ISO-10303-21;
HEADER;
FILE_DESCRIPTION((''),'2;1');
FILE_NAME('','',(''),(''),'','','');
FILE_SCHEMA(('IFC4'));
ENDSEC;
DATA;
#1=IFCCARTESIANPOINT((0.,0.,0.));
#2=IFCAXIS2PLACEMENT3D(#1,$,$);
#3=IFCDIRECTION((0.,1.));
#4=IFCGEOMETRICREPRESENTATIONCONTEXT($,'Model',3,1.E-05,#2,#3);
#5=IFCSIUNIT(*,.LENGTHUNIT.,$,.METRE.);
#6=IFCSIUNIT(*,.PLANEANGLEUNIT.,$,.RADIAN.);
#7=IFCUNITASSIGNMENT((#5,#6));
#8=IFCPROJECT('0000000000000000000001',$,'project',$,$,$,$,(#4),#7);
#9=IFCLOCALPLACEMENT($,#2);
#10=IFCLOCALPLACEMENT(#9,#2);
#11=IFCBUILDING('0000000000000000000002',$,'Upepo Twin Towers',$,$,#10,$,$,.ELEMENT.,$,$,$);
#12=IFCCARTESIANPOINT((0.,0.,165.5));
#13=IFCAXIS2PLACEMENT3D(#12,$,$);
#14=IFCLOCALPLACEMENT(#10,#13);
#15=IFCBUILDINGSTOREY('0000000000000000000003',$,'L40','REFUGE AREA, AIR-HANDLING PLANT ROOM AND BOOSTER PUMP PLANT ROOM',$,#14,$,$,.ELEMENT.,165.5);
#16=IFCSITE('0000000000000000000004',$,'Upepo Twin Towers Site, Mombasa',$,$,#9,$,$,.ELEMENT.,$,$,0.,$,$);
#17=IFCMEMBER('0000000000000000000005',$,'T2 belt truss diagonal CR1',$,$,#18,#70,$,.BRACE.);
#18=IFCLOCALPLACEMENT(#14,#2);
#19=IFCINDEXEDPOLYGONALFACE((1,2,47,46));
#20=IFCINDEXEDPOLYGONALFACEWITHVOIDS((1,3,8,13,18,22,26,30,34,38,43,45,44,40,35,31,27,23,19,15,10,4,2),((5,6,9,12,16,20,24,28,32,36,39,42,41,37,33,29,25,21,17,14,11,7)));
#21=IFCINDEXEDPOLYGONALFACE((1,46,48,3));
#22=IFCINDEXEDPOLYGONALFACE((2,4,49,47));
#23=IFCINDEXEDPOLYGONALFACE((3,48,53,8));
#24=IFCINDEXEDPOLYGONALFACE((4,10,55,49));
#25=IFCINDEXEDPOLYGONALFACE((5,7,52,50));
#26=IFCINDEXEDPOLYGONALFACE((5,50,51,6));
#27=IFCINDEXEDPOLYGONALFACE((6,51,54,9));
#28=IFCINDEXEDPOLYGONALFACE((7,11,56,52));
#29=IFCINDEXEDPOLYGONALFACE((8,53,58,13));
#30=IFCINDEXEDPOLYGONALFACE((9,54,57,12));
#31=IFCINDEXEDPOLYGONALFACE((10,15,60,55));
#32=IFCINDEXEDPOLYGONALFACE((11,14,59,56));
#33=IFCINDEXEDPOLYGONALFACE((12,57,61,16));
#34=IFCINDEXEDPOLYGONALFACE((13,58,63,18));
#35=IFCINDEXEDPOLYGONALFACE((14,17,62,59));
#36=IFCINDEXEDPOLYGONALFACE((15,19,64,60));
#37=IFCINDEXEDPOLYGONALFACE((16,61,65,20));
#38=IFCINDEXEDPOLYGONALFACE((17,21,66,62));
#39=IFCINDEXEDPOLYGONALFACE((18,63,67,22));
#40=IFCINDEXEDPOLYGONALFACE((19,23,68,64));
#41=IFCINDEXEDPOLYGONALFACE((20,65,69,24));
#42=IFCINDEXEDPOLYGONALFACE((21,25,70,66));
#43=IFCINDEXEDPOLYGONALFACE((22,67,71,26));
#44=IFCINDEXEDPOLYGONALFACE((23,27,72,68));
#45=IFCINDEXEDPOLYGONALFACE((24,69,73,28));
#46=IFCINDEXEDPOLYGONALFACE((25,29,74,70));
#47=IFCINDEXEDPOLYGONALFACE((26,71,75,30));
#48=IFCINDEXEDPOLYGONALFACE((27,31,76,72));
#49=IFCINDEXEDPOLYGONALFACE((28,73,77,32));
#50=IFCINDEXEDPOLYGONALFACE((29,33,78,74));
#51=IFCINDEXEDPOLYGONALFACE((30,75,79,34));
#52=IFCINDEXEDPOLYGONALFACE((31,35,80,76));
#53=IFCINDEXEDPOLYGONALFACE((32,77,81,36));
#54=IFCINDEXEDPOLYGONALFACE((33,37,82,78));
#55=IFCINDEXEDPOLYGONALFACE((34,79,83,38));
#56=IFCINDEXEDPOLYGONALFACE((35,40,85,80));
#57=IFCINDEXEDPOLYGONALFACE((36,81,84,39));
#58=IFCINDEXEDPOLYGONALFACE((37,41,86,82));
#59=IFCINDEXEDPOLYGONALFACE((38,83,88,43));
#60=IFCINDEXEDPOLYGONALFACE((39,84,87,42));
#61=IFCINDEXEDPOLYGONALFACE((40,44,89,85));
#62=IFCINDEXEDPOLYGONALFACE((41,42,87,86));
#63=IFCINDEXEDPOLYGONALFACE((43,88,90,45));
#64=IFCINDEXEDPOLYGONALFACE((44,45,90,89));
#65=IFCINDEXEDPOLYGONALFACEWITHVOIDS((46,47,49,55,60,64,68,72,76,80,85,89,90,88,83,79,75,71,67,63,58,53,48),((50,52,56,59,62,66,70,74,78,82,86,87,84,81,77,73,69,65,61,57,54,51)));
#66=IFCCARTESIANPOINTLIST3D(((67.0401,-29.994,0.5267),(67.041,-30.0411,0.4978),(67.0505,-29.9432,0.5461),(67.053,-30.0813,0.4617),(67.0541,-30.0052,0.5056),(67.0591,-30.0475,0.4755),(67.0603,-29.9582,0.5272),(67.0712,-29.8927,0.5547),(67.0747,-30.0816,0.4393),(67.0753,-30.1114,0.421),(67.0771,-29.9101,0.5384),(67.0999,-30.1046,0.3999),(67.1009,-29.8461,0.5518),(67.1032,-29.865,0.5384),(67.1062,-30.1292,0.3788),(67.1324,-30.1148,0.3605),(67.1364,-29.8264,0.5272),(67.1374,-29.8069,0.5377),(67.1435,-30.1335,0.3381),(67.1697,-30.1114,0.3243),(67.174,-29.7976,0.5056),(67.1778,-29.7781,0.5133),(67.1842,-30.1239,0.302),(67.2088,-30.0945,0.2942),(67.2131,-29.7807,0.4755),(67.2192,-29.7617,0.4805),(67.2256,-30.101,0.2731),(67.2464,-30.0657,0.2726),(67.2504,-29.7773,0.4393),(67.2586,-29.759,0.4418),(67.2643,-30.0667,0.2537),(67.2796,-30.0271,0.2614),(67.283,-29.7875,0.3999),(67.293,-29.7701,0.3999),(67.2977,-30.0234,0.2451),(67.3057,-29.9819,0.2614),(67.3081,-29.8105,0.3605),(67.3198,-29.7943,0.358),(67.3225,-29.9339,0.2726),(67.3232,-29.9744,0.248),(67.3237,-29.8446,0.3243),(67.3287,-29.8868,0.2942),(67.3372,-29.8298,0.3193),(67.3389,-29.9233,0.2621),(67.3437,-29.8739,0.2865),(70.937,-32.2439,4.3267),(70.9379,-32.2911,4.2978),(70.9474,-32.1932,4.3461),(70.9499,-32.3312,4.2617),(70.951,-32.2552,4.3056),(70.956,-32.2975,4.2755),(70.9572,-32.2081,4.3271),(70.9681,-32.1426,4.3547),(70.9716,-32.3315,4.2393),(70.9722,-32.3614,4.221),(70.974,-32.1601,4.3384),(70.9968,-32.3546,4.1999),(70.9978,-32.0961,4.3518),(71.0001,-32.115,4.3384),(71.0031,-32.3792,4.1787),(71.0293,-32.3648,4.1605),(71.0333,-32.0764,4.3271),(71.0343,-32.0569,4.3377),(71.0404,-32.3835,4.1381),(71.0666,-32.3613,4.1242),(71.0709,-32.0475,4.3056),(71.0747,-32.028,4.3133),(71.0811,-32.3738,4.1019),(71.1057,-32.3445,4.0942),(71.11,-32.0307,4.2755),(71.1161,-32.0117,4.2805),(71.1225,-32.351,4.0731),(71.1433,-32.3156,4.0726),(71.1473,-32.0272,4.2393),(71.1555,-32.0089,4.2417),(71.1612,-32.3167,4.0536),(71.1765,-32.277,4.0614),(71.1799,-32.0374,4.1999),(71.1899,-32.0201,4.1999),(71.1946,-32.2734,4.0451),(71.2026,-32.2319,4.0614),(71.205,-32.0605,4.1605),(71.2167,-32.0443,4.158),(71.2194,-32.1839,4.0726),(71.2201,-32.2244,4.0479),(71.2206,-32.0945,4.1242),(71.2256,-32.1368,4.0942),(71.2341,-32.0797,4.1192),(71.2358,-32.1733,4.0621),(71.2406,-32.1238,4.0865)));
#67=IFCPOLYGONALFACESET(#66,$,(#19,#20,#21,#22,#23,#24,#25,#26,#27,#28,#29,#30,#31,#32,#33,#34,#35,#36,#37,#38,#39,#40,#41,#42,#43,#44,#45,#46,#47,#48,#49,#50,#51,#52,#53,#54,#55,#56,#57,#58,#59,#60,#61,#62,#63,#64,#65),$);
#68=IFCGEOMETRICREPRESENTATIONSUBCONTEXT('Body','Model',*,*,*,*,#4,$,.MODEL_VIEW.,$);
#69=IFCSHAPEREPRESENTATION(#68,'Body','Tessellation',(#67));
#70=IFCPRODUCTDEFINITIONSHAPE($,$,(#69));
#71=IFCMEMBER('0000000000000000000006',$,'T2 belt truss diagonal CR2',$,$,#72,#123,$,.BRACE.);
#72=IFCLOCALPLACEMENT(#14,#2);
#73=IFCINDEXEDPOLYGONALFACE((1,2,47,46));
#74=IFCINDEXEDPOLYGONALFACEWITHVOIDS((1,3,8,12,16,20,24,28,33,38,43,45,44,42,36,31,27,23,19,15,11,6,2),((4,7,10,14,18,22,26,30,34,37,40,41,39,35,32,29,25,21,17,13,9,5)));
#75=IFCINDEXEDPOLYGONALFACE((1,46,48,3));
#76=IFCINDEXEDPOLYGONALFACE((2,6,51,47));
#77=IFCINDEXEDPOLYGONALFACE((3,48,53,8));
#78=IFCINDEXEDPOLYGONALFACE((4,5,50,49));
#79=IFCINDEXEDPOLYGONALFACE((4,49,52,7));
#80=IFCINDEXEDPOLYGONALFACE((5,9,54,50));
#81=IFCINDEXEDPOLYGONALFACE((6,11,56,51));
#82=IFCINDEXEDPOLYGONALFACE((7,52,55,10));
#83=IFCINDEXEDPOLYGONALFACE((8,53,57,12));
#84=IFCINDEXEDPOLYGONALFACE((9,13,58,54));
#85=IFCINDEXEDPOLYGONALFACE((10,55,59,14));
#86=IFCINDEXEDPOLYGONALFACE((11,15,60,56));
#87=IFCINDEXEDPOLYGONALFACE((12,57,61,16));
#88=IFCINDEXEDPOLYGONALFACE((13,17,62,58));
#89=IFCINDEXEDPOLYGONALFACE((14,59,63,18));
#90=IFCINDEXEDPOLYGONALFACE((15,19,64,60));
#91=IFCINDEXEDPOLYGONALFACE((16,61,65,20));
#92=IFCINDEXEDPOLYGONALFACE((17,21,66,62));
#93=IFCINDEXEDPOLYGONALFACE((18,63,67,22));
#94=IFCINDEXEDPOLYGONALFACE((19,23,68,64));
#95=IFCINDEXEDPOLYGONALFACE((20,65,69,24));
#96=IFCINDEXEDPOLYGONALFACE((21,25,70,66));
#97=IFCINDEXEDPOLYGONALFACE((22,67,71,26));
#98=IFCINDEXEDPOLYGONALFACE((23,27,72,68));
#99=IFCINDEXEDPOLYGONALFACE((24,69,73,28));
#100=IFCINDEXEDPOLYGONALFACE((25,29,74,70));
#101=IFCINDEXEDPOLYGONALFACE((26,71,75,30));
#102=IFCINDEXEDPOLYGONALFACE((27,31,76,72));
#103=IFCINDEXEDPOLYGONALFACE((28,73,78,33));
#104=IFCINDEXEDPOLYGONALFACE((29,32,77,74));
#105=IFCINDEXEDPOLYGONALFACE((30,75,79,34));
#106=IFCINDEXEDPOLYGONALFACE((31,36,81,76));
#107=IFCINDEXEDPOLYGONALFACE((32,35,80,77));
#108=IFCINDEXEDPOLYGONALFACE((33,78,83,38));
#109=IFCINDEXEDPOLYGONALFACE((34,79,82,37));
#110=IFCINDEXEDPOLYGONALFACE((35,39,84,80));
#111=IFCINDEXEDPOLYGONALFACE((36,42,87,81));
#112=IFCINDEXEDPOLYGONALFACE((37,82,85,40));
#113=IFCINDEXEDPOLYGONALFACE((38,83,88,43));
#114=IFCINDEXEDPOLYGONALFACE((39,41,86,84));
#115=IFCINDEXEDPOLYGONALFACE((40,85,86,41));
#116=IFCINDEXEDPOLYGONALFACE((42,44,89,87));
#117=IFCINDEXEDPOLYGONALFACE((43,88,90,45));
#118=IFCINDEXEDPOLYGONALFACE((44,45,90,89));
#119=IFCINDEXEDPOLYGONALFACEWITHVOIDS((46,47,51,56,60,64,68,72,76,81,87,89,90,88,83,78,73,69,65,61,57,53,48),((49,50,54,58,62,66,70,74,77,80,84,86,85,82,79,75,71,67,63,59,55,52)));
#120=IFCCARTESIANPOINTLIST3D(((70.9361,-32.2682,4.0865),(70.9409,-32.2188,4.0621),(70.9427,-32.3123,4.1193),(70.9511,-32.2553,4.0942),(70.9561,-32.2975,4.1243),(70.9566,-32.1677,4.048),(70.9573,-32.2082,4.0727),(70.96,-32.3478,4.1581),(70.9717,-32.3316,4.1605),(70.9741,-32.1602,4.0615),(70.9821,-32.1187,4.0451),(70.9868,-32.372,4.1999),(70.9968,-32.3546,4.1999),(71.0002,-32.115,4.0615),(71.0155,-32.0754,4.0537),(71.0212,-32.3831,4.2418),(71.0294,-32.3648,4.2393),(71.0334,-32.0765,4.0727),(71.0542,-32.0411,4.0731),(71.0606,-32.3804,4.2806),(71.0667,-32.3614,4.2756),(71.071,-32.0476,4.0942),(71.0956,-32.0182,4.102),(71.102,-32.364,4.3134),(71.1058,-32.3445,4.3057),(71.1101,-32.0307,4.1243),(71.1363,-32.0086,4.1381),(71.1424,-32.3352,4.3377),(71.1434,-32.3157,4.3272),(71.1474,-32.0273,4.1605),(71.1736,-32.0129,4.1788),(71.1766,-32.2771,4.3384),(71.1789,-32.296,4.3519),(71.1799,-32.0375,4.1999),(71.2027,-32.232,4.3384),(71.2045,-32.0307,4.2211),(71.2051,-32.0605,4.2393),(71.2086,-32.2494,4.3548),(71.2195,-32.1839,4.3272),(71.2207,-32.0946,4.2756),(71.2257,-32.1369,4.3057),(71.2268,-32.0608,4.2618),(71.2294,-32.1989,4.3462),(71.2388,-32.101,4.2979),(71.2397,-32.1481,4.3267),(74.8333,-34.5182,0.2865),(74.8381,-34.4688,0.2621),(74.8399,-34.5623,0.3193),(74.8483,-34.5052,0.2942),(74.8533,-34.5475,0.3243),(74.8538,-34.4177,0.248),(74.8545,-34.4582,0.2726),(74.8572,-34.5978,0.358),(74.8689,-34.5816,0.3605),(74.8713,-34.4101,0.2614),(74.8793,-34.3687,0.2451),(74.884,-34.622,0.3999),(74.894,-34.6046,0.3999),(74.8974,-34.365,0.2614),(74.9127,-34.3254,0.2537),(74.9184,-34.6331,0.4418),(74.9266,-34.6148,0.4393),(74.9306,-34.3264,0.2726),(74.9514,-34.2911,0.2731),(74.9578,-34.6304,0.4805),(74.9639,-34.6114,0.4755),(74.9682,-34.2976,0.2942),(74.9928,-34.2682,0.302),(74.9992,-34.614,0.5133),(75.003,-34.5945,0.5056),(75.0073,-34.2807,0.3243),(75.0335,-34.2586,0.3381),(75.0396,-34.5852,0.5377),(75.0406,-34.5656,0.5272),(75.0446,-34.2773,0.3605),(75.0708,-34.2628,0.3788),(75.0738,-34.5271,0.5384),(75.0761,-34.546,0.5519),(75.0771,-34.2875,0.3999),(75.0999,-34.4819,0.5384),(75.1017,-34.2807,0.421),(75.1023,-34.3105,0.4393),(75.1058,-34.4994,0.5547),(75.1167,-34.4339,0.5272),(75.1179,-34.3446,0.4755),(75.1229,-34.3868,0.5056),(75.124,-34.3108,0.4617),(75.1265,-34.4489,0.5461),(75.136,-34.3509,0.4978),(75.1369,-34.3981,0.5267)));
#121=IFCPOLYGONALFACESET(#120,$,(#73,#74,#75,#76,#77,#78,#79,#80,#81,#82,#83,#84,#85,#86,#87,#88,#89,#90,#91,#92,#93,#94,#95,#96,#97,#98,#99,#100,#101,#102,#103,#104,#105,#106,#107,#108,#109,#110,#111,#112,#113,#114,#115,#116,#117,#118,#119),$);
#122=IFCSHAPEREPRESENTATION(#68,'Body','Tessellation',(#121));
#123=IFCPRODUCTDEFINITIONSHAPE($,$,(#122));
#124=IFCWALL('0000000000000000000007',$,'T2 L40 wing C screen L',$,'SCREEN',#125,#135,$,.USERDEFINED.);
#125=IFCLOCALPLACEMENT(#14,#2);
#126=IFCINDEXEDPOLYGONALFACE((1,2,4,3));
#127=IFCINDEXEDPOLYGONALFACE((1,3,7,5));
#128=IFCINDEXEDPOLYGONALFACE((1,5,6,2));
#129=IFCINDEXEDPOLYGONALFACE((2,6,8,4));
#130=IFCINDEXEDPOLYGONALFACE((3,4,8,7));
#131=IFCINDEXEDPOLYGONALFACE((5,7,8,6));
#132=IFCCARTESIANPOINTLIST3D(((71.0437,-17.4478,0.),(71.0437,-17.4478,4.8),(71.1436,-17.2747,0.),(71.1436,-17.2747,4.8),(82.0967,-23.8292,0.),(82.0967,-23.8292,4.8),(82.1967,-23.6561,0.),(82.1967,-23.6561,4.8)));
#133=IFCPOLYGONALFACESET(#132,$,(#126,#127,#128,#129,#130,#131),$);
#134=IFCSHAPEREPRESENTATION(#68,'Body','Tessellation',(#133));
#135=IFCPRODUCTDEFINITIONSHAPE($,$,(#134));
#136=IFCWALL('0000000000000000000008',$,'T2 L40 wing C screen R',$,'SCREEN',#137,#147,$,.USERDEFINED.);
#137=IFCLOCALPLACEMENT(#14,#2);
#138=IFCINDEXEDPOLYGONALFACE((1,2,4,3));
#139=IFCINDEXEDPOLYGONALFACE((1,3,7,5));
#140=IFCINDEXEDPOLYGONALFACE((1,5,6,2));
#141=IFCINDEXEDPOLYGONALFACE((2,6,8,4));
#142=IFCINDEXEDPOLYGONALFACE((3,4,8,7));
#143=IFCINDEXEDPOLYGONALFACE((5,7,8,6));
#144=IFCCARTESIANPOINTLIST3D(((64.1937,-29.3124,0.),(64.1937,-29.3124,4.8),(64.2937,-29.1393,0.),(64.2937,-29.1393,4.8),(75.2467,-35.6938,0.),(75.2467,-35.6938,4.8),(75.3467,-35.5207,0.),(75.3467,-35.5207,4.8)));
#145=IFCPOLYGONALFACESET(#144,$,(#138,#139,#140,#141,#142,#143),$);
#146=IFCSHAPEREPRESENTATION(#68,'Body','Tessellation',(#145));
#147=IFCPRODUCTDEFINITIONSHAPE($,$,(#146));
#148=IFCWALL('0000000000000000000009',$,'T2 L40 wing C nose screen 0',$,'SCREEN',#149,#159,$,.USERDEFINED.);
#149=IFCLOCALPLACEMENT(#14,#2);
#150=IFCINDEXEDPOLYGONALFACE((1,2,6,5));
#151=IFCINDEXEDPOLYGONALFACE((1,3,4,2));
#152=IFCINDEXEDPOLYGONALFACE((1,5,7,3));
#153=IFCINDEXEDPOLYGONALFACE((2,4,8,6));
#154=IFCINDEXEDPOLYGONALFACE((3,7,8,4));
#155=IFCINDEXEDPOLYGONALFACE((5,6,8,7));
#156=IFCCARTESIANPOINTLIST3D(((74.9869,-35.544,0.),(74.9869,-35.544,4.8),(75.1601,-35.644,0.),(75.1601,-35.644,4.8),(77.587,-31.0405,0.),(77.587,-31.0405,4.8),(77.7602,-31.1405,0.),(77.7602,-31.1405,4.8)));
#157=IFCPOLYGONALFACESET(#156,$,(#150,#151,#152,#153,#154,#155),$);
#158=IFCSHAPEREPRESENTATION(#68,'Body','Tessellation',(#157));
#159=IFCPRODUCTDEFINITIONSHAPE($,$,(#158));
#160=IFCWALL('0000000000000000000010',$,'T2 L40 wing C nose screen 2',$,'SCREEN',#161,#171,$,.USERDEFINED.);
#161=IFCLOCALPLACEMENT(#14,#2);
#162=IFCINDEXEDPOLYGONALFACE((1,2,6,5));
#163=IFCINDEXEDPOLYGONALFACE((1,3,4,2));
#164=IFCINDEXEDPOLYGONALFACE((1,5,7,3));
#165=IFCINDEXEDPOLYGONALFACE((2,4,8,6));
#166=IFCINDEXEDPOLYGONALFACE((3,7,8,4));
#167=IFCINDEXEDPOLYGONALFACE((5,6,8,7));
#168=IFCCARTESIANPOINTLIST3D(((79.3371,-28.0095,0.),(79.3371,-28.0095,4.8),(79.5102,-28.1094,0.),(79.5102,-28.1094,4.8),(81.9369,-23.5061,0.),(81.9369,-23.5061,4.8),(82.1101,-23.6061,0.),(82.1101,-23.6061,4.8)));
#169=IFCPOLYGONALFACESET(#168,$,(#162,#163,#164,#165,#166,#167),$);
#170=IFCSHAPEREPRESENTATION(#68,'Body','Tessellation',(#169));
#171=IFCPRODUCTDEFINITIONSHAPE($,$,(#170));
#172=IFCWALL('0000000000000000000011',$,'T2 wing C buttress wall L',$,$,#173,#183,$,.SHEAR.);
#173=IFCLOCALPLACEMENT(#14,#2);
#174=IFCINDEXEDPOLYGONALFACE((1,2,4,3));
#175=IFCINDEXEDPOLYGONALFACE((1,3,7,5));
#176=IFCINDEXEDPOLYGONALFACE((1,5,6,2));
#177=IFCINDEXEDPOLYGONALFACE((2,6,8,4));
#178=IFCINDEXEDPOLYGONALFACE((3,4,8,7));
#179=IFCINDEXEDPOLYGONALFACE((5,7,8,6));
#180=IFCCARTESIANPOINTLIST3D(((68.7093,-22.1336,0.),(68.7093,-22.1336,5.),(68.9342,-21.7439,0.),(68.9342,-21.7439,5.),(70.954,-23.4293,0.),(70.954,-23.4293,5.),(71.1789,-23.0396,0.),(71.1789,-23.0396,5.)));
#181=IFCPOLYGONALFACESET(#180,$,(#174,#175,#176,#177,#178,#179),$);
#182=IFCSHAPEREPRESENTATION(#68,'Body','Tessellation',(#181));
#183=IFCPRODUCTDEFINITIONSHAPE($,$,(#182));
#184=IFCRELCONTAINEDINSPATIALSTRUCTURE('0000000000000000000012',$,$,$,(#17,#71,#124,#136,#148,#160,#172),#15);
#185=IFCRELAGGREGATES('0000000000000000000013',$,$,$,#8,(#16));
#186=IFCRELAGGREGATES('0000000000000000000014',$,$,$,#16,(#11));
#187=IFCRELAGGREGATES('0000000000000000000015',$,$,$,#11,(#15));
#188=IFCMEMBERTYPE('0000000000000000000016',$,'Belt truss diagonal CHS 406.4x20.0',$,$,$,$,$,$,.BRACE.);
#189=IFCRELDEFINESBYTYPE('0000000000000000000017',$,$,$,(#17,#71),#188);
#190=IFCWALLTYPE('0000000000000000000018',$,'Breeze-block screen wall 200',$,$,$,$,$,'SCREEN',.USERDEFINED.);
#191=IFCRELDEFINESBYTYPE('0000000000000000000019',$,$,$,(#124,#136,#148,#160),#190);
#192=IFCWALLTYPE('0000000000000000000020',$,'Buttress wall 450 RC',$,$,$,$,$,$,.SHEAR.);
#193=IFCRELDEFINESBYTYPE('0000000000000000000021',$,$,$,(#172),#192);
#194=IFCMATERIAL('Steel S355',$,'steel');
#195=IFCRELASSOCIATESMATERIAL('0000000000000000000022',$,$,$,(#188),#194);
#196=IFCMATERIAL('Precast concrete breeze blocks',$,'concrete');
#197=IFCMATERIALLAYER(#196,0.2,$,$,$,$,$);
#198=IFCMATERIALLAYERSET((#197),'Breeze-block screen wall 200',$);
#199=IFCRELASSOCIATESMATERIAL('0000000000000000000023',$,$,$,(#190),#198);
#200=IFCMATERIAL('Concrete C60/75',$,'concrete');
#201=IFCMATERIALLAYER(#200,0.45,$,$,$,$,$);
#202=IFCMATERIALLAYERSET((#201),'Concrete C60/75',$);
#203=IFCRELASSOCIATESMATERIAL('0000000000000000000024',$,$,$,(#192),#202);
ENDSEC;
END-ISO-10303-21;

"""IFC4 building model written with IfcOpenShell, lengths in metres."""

from ifc_helpers import new_model, si_unit, direction, frame, frame_2d, origin, origin_2d, place, context, subcontext, project, spatial, rectangle, hollow_circle, extrude, material, layer, layer_set, material_profile, profile_set, type_object, element, save


model = new_model("IFC4")

# Units and contexts
model_context = context("Model", 3, precision=1e-05, world=origin(), true_north=direction((0.0, 1.0)))
body_context = subcontext(model_context, "Body", "Model", "MODEL_VIEW")
ifc_project = project(units=[si_unit("LENGTHUNIT", "METRE"), si_unit("PLANEANGLEUNIT", "RADIAN")], contexts=[model_context])

# Site, building, storey
site_placement = place(None, origin())
site = spatial("IfcSite", under=ifc_project, at=site_placement, Name="Upepo Twin Towers Site, Mombasa", CompositionType="ELEMENT", RefElevation=0.0)
building_placement = place(site_placement, origin())
building = spatial("IfcBuilding", under=site, at=building_placement, Name="Upepo Twin Towers", CompositionType="ELEMENT")
storey_placement = place(building_placement, frame((0.0, 0.0, 165.5)))
storey = spatial("IfcBuildingStorey", under=building, at=storey_placement, Name="L40", Description="REFUGE AREA, AIR-HANDLING PLANT ROOM AND BOOSTER PUMP PLANT ROOM", CompositionType="ELEMENT", Elevation=165.5)

# Members
ifc_material_1 = material(Name="Steel S355", Category="steel")
ifc_material_profile_1 = material_profile(ifc_material_1, hollow_circle(Radius=0.2031, WallThickness=0.02, at=origin_2d()), Name="CHS 406.4x20.0")
ifc_profile_set_1 = profile_set([ifc_material_profile_1], Name="Steel S355")
member_type = type_object("IfcMemberType", Name="Belt truss diagonal CHS 406.4x20.0", PredefinedType="BRACE", material=ifc_profile_set_1)
member_1_placement = place(storey_placement, frame((67.1914, -29.946, 0.3999), z_axis=(0.661652, -0.382019, 0.645196), x_axis=(0.500014, 0.866018, 0.0)))
element("IfcMember", 1, at=member_1_placement, inside=storey, type_object=member_type, Name="T2 belt truss diagonal CR1", PredefinedType="BRACE", context=body_context, shape_type="SweptSolid", body=[
    extrude(hollow_circle(Radius=0.2031, WallThickness=0.02, at=origin_2d()), origin(), (0.0, 0.0, 1.0), 5.8896),
])
member_2_placement = place(storey_placement, frame((74.9856, -34.446, 0.3999), z_axis=(-0.661676, 0.382009, 0.645178), x_axis=(-0.49999, -0.866031, 0.0)))
element("IfcMember", 2, at=member_2_placement, inside=storey, type_object=member_type, Name="T2 belt truss diagonal CR2", PredefinedType="BRACE", context=body_context, shape_type="SweptSolid", body=[
    extrude(hollow_circle(Radius=0.2031, WallThickness=0.02, at=origin_2d()), origin(), (0.0, 0.0, 1.0), 5.8899),
])

# Walls
ifc_material_2 = material(Name="Precast concrete breeze blocks", Category="concrete")
ifc_layer_1 = layer(ifc_material_2, 0.2)
ifc_layer_set_1 = layer_set([ifc_layer_1], Name="Breeze-block screen wall 200")
wall_type_1 = type_object("IfcWallType", Name="Breeze-block screen wall 200", ElementType="SCREEN", PredefinedType="USERDEFINED", material=ifc_layer_set_1)
for number, where, z_axis, x_axis, name in (
    (3, (71.0938, -17.3613, 0.0), (0.0, 0.0, 1.0), (0.866029, -0.499995, 0.0), "T2 L40 wing C screen L"),
    (4, (75.2966, -35.6072, 0.0), (0.0, 0.0, 1.0), (-0.866029, 0.499995, 0.0), "T2 L40 wing C screen R"),
):
    element("IfcWall", number, at=place(storey_placement, frame(where, z_axis=z_axis, x_axis=x_axis)), inside=storey, type_object=wall_type_1, Name=name, ObjectType="SCREEN", PredefinedType="USERDEFINED", context=body_context, shape_type="SweptSolid", body=[
        extrude(rectangle(XDim=12.7629, YDim=0.2, at=frame_2d((6.3813, 0.0))), origin(), (0.0, 0.0, 1.0), 4.8),
    ])
wall_1_placement = place(storey_placement, frame((75.0735, -35.594, 0.0), z_axis=(0.0, 0.0, 1.0), x_axis=(0.500007, 0.866021, 0.0)))
element("IfcWall", 5, at=wall_1_placement, inside=storey, type_object=wall_type_1, Name="T2 L40 wing C nose screen 0", ObjectType="SCREEN", PredefinedType="USERDEFINED", context=body_context, shape_type="SweptSolid", body=[
    extrude(rectangle(XDim=5.2002, YDim=0.2, at=frame_2d((2.6001, 0.0))), origin(), (0.0, 0.0, 1.0), 4.8),
])
wall_2_placement = place(storey_placement, frame((79.4236, -28.0596, 0.0), z_axis=(0.0, 0.0, 1.0), x_axis=(0.499972, 0.866042, 0.0)))
element("IfcWall", 6, at=wall_2_placement, inside=storey, type_object=wall_type_1, Name="T2 L40 wing C nose screen 2", ObjectType="SCREEN", PredefinedType="USERDEFINED", context=body_context, shape_type="SweptSolid", body=[
    extrude(rectangle(XDim=5.2, YDim=0.2, at=frame_2d((2.6001, 0.0))), origin(), (0.0, 0.0, 1.0), 4.8),
])
ifc_material_3 = material(Name="Concrete C60/75", Category="concrete")
ifc_layer_2 = layer(ifc_material_3, 0.45)
ifc_layer_set_2 = layer_set([ifc_layer_2], Name="Concrete C60/75")
wall_type_2 = type_object("IfcWallType", Name="Buttress wall 450 RC", PredefinedType="SHEAR", material=ifc_layer_set_2)
wall_3_placement = place(storey_placement, frame((68.8218, -21.9387, 0.0), z_axis=(0.0, 0.0, 1.0), x_axis=(0.866073, -0.499918, 0.0)))
element("IfcWall", 7, at=wall_3_placement, inside=storey, type_object=wall_type_2, Name="T2 wing C buttress wall L", PredefinedType="SHEAR", context=body_context, shape_type="SweptSolid", body=[
    extrude(rectangle(XDim=2.5918, YDim=0.45, at=frame_2d((1.2959, 0.0))), origin(), (0.0, 0.0, 1.0), 5.0),
])

save(model, "model.ifc")
